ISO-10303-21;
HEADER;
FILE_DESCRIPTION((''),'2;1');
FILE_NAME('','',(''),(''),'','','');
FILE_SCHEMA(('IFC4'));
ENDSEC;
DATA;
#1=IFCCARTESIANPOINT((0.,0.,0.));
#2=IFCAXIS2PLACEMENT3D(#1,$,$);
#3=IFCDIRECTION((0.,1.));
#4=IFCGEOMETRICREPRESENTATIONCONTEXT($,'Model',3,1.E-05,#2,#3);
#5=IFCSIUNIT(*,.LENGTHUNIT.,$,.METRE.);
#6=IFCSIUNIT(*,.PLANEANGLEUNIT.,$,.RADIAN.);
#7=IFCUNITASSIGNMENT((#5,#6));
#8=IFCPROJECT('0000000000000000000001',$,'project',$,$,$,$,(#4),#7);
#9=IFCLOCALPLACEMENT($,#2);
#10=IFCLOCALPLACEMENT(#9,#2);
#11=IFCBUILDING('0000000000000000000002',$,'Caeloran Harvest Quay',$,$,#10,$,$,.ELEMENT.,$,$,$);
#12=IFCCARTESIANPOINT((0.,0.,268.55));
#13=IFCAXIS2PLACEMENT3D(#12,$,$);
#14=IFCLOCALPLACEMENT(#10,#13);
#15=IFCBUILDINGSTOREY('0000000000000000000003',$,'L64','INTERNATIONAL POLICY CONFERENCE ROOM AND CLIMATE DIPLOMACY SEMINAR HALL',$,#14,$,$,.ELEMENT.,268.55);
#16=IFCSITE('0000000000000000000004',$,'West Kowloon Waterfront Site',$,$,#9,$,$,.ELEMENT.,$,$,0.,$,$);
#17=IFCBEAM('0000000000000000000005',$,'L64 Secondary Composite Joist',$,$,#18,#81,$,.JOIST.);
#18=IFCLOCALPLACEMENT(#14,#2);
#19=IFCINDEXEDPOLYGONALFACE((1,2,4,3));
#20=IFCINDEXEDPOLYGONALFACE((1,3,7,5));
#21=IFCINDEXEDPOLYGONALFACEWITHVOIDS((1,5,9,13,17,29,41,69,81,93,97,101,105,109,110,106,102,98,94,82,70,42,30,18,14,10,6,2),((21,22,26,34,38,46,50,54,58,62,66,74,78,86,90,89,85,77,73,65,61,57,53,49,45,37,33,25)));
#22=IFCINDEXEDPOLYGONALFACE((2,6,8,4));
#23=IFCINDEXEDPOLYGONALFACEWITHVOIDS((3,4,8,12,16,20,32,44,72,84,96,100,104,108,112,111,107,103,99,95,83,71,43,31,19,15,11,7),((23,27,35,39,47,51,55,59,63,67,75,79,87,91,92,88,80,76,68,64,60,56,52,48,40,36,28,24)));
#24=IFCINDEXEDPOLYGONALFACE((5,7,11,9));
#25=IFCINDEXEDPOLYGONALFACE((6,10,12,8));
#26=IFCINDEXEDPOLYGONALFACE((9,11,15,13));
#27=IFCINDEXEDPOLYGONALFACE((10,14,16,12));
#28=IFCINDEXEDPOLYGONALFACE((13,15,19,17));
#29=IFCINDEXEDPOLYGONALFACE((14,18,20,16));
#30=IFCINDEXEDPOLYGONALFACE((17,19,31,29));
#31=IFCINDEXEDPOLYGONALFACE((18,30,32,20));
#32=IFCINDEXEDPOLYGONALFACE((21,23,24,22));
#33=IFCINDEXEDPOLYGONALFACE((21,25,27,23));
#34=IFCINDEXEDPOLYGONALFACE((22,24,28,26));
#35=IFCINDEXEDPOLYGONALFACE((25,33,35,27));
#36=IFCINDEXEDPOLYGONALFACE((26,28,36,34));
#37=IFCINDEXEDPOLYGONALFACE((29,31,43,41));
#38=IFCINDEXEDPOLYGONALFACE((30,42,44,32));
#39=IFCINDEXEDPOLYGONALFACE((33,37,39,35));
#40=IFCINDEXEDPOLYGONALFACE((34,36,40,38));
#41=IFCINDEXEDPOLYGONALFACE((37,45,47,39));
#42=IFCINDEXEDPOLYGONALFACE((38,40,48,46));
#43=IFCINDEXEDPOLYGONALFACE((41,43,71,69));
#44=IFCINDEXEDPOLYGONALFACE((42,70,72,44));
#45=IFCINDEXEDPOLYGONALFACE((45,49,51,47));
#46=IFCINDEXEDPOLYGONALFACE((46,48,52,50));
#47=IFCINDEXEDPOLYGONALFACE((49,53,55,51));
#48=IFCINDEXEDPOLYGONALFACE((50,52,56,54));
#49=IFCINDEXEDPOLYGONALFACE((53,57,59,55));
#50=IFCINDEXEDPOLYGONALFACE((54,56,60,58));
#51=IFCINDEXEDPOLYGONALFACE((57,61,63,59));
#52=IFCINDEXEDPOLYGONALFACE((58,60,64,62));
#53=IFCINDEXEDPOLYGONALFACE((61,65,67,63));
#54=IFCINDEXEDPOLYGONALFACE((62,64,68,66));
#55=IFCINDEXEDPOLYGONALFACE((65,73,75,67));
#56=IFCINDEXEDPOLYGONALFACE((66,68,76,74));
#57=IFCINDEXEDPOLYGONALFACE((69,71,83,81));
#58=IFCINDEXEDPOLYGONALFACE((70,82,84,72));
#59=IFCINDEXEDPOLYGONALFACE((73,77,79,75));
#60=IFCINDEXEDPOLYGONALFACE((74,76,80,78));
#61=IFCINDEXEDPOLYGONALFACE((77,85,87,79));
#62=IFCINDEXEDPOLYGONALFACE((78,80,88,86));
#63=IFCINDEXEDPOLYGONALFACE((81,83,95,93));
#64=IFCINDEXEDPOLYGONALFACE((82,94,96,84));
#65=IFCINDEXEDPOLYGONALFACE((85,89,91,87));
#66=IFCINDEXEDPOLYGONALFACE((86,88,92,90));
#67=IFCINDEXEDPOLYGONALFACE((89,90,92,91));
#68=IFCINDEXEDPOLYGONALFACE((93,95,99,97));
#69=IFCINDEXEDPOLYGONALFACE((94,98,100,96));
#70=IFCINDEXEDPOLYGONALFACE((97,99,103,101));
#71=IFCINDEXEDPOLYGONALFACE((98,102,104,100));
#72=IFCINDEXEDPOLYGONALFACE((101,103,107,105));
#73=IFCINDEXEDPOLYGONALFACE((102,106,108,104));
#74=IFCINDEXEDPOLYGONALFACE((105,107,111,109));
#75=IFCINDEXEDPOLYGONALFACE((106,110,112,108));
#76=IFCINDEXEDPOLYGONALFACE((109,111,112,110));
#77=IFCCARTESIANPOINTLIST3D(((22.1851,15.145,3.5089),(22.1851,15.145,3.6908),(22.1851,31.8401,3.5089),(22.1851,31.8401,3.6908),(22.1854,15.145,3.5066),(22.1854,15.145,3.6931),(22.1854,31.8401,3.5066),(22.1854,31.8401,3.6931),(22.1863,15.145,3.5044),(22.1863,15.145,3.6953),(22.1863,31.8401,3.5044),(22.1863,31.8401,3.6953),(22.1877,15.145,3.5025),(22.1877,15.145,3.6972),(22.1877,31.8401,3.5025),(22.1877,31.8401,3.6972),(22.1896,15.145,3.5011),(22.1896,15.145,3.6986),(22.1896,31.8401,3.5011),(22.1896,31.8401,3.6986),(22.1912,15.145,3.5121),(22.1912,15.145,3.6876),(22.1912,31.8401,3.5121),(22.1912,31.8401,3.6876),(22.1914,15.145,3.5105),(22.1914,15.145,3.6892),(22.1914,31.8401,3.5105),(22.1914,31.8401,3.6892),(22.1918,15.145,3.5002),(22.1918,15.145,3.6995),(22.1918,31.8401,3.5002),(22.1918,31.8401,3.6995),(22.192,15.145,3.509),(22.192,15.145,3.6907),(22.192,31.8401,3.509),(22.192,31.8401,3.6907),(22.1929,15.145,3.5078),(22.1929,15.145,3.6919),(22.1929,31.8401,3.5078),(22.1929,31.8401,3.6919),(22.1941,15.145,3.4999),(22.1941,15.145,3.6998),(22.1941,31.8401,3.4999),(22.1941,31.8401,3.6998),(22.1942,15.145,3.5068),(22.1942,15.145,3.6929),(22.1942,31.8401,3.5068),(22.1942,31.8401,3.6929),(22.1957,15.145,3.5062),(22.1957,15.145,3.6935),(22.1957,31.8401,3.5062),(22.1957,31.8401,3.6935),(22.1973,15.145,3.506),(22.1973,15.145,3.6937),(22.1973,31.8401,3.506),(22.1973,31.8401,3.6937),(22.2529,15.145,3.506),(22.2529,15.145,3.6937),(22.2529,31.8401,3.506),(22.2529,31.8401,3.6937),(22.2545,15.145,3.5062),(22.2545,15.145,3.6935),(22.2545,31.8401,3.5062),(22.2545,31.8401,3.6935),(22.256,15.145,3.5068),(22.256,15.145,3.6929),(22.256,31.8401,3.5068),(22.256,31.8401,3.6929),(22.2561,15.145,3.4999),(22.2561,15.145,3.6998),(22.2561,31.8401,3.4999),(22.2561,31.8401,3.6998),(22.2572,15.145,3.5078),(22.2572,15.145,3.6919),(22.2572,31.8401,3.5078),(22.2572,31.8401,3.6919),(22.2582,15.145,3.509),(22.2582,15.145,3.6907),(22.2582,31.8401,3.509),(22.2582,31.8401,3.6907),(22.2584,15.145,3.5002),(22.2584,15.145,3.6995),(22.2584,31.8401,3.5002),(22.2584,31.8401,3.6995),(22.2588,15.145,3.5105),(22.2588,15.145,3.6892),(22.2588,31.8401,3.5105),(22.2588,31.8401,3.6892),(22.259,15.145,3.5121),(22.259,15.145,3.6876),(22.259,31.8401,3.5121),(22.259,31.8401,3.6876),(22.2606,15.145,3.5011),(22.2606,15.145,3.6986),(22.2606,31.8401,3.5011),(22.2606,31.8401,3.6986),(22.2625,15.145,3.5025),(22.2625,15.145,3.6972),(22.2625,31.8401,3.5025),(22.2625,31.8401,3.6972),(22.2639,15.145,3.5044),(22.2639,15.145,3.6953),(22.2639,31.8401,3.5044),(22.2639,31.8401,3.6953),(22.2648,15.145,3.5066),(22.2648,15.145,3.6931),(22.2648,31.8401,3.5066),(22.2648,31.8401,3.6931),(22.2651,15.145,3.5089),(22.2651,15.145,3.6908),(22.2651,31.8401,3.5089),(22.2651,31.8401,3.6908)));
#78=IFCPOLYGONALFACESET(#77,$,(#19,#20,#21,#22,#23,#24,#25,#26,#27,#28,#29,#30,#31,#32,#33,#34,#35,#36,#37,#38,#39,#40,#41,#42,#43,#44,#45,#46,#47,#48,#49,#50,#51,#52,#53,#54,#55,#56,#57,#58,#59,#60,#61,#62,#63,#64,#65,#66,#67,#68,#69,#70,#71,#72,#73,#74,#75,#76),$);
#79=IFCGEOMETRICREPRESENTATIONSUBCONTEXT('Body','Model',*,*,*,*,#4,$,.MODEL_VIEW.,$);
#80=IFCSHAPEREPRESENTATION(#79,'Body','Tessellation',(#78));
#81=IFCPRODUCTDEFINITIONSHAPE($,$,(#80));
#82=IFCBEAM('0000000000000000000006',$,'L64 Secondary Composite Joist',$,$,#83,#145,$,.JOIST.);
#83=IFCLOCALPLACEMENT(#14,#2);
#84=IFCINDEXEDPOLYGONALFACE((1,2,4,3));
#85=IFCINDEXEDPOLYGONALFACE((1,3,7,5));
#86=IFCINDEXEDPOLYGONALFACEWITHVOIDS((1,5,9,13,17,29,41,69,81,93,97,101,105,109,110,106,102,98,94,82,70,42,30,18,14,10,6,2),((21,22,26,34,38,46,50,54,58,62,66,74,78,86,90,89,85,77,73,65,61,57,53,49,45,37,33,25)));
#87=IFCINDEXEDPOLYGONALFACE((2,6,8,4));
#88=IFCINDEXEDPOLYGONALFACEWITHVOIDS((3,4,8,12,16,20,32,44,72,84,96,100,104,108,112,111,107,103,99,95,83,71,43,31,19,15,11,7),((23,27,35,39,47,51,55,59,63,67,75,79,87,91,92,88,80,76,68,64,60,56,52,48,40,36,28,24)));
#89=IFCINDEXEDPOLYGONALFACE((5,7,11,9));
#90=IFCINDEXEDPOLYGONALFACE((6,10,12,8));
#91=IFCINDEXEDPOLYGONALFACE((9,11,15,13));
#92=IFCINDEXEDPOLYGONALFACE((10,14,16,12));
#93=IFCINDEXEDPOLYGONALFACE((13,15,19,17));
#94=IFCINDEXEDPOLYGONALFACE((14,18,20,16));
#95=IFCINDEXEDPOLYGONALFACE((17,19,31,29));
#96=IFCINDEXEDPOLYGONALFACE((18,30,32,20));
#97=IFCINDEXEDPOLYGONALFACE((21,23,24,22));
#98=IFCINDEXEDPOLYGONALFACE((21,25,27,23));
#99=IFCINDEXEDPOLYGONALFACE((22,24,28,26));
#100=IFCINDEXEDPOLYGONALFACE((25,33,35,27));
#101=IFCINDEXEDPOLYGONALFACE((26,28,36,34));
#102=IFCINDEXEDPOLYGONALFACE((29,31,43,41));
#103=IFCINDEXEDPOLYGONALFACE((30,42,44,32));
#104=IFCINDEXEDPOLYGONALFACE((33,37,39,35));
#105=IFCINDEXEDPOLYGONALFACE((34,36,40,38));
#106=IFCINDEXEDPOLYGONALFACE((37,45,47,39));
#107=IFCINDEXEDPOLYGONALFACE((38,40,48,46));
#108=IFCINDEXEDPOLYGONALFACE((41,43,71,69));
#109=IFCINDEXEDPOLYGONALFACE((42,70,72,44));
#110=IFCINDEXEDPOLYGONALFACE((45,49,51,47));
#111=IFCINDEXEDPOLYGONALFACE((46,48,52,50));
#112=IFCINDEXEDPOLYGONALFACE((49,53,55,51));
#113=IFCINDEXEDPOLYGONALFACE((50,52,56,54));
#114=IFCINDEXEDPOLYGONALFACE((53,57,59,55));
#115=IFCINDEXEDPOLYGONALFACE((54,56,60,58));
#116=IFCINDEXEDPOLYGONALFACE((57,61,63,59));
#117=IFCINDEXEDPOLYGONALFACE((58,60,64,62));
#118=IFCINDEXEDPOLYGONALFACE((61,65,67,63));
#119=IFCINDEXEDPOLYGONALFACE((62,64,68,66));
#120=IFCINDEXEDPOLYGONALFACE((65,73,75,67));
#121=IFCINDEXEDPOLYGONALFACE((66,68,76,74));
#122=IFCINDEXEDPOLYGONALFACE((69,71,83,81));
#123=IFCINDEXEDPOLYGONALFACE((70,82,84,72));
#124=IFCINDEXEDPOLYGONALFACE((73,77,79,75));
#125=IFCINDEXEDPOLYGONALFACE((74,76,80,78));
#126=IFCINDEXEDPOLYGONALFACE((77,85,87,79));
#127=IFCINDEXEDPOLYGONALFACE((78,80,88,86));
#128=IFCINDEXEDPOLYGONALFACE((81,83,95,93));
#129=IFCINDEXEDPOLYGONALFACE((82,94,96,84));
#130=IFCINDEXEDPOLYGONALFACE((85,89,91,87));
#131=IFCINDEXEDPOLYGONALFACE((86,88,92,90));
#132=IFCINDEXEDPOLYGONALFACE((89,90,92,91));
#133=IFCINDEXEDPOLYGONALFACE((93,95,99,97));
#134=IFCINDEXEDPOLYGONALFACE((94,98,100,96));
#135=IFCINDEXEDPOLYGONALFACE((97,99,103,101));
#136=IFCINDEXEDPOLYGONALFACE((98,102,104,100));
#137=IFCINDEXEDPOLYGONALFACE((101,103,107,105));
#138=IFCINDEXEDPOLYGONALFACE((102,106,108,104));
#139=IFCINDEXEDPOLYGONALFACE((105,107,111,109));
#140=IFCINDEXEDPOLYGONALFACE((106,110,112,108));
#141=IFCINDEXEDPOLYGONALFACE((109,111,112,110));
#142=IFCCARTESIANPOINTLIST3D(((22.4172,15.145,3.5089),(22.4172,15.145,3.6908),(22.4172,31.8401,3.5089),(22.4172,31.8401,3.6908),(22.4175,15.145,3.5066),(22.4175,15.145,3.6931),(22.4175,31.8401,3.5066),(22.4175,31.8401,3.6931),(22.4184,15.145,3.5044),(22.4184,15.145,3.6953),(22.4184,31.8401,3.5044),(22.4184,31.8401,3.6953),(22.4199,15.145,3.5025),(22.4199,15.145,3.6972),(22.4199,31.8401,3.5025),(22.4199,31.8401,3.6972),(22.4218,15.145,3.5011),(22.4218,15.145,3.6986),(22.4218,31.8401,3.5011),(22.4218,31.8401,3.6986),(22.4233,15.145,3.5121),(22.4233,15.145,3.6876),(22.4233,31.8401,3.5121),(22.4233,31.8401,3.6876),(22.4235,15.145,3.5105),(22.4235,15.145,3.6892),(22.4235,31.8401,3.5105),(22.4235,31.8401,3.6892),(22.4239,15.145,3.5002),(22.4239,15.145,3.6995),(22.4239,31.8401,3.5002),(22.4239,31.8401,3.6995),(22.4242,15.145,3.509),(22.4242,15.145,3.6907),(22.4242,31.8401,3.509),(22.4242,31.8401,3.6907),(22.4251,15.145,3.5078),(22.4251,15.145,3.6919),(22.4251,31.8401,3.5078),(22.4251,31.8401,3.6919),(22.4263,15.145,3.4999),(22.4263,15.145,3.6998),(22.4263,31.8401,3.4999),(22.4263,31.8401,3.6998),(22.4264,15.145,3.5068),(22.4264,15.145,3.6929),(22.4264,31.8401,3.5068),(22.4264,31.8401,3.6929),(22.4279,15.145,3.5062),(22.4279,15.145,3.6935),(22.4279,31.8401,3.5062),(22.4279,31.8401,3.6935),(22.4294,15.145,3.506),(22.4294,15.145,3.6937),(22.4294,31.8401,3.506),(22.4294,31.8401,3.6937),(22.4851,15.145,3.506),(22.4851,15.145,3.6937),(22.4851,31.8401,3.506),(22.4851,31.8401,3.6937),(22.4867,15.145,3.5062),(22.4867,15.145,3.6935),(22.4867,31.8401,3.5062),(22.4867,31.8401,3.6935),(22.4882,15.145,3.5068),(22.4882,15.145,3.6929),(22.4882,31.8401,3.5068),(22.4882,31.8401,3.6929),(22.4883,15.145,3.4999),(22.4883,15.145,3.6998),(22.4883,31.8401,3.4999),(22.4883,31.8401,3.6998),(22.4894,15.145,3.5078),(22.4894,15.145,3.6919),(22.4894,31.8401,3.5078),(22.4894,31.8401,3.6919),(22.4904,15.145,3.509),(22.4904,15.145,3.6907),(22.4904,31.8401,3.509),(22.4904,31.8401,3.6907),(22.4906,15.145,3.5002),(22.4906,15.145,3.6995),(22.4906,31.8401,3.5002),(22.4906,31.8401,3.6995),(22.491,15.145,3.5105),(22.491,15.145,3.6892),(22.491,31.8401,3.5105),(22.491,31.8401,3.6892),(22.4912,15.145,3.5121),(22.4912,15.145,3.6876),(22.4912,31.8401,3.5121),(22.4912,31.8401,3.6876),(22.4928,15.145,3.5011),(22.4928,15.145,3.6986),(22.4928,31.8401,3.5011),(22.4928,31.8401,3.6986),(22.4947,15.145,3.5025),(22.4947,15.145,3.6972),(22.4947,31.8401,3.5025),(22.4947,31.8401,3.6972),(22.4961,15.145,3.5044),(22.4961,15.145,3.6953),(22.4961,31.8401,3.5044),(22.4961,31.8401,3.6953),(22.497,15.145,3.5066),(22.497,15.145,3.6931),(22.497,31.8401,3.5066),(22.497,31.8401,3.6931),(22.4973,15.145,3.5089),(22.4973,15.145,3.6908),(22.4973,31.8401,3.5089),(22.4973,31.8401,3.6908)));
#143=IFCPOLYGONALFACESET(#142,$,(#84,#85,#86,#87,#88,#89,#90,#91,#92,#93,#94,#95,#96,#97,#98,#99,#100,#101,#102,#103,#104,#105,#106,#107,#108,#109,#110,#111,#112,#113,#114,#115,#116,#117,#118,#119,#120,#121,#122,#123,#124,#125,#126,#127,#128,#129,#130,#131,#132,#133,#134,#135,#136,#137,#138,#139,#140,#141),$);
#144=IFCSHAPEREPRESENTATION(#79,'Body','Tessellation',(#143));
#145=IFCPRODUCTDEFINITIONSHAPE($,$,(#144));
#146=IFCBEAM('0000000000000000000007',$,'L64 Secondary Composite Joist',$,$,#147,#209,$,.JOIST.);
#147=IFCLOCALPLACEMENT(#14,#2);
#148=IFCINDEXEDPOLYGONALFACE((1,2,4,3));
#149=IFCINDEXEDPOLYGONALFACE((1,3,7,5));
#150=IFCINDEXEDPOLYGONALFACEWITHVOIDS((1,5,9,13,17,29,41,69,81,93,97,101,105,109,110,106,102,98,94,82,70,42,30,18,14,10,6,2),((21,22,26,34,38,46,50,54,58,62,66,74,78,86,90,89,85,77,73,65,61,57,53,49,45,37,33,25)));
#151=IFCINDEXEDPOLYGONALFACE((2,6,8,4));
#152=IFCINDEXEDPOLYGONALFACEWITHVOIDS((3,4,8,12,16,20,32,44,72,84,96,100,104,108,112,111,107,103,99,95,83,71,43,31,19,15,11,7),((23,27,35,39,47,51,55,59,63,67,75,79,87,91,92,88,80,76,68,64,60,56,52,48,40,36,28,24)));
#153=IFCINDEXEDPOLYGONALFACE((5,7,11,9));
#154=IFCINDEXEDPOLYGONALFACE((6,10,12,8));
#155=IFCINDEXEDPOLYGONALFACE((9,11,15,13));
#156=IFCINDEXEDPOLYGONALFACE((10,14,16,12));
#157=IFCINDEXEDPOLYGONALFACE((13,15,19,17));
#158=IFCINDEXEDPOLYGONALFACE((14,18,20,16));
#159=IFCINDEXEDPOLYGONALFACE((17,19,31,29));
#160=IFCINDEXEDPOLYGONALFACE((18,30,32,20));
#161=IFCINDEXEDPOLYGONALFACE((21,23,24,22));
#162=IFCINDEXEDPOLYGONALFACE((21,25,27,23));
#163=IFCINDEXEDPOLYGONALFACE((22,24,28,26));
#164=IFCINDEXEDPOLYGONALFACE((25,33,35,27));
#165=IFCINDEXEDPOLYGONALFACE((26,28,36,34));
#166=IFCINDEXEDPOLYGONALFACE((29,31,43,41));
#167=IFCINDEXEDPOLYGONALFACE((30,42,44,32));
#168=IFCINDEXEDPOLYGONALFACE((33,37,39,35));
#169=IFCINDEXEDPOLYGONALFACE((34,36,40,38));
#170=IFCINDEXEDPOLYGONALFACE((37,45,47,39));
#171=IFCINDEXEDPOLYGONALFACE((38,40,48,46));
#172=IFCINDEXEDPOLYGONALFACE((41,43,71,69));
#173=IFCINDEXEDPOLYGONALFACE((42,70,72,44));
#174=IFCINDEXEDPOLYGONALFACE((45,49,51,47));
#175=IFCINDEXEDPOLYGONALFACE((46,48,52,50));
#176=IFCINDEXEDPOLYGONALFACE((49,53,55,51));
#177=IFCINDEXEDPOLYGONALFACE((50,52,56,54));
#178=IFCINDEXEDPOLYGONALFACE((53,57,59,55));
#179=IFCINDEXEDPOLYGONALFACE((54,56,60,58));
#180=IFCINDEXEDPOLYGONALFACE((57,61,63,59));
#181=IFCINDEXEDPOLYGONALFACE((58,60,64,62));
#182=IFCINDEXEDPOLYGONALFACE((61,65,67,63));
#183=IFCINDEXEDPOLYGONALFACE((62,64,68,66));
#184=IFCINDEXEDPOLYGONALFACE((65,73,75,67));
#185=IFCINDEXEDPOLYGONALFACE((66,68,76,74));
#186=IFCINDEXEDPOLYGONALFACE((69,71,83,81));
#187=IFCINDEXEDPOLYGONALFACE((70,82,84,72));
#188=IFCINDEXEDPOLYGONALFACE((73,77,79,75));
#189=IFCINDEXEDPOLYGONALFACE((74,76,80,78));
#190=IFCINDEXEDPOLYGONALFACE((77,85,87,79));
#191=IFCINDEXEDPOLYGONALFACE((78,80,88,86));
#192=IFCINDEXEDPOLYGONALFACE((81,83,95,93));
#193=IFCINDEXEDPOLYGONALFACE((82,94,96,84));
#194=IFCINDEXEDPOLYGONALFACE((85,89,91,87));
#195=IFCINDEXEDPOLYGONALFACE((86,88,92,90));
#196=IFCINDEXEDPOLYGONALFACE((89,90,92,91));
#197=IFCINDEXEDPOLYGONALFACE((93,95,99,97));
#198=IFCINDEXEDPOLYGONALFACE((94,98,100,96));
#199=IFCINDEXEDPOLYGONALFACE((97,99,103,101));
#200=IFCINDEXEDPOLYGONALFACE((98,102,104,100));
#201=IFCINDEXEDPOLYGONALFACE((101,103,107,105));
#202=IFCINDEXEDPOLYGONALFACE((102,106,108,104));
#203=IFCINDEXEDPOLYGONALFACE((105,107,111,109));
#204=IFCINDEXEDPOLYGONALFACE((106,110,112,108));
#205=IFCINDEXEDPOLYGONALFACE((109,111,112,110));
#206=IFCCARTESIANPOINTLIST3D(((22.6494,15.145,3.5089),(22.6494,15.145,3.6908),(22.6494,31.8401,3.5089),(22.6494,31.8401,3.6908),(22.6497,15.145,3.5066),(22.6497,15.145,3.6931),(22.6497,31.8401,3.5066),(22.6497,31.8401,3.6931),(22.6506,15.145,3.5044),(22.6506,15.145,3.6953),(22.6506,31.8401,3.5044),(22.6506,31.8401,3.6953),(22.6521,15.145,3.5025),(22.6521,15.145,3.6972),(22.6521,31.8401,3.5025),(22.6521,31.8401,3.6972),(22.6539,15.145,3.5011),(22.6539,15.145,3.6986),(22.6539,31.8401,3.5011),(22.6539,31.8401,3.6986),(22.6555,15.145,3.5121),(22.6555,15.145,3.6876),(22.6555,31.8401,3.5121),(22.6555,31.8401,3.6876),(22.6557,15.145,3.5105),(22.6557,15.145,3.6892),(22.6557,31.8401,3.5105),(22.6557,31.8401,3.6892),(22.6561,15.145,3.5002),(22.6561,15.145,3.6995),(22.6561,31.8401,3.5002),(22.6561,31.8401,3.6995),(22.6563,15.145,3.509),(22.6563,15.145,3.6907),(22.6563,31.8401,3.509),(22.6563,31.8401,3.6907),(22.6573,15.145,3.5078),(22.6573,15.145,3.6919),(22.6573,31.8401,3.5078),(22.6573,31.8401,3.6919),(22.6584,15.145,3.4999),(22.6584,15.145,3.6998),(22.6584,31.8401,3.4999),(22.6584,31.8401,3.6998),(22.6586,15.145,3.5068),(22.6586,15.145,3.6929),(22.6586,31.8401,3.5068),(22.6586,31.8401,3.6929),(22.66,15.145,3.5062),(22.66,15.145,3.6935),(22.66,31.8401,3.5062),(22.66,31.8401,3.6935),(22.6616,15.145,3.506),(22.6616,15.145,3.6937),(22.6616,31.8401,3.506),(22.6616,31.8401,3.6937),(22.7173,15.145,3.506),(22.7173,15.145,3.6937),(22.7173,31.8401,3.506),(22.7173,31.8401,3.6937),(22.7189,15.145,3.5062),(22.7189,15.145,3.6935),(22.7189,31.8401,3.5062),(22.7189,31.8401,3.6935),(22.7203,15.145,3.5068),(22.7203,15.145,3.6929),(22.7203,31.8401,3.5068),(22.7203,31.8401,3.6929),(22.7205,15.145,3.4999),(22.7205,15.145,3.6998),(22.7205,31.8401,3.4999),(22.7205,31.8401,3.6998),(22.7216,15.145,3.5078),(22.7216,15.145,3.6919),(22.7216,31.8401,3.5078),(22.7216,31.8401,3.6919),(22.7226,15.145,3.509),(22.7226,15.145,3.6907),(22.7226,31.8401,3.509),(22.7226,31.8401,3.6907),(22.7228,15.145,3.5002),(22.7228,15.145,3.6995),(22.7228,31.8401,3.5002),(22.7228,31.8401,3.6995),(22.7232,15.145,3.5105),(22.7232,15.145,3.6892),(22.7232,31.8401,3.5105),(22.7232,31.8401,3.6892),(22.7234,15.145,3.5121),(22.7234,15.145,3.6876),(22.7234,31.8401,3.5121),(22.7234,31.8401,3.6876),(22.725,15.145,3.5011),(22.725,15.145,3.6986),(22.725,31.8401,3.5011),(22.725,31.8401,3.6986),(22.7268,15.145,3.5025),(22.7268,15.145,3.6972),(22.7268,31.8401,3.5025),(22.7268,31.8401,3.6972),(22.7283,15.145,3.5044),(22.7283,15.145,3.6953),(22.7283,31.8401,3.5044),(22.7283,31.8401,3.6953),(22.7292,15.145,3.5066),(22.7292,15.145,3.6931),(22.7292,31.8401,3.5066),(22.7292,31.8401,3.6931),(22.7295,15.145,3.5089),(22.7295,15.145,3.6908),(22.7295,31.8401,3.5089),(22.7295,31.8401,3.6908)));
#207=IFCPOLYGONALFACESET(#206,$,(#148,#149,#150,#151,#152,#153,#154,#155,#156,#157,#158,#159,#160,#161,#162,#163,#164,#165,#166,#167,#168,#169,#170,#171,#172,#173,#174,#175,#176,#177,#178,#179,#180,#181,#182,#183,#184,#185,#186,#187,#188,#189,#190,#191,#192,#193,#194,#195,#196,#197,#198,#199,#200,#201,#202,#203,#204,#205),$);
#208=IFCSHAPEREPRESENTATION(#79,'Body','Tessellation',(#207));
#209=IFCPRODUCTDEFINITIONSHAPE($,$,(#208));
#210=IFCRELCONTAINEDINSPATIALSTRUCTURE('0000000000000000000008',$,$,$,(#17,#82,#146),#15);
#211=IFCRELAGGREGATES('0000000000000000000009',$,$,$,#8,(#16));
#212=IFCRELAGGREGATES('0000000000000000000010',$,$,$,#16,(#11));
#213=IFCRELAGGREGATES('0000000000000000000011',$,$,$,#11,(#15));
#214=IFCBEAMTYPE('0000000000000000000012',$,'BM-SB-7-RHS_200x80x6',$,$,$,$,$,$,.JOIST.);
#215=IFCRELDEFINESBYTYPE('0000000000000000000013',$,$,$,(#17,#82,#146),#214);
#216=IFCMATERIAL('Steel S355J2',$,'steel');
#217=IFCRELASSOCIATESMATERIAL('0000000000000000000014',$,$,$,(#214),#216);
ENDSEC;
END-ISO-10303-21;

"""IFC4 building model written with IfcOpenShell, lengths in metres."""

from ifc_helpers import new_model, si_unit, direction, frame, origin, origin_2d, place, context, subcontext, project, spatial, hollow_rectangle, extrude, material, material_profile, profile_set, type_object, element, save


model = new_model("IFC4")

# Units and contexts
model_context = context("Model", 3, precision=1e-05, world=origin(), true_north=direction((0.0, 1.0)))
body_context = subcontext(model_context, "Body", "Model", "MODEL_VIEW")
ifc_project = project(units=[si_unit("LENGTHUNIT", "METRE"), si_unit("PLANEANGLEUNIT", "RADIAN")], contexts=[model_context])

# Site, building, storey
site_placement = place(None, origin())
site = spatial("IfcSite", under=ifc_project, at=site_placement, Name="West Kowloon Waterfront Site", CompositionType="ELEMENT", RefElevation=0.0)
building_placement = place(site_placement, origin())
building = spatial("IfcBuilding", under=site, at=building_placement, Name="Caeloran Harvest Quay", CompositionType="ELEMENT")
storey_placement = place(building_placement, frame((0.0, 0.0, 268.55)))
storey = spatial("IfcBuildingStorey", under=building, at=storey_placement, Name="L64", Description="INTERNATIONAL POLICY CONFERENCE ROOM AND CLIMATE DIPLOMACY SEMINAR HALL", CompositionType="ELEMENT", Elevation=268.55)

# Beams
ifc_material_1 = material(Name="Steel S355J2", Category="steel")
ifc_material_profile_1 = material_profile(ifc_material_1, hollow_rectangle(XDim=0.0801, YDim=0.2, WallThickness=0.0061, InnerFilletRadius=0.0061, OuterFilletRadius=0.009, at=origin_2d()), Name="RHS 200x80x6")
ifc_profile_set_1 = profile_set([ifc_material_profile_1], Name="Steel S355J2")
beam_type_1 = type_object("IfcBeamType", Name="BM-SB-7-RHS_200x80x6", PredefinedType="JOIST", material=ifc_profile_set_1)
for number, where, z_axis, x_axis, name in (
    (1, (22.2251, 15.145, 3.5999), (0.0, 1.0, 0.0), (-1.0, 0.0, 0.0), "L64 Secondary Composite Joist"),
    (2, (22.4573, 15.145, 3.5999), (0.0, 1.0, 0.0), (-1.0, 0.0, 0.0), "L64 Secondary Composite Joist"),
    (3, (22.6895, 15.145, 3.5999), (0.0, 1.0, 0.0), (-1.0, 0.0, 0.0), "L64 Secondary Composite Joist"),
):
    element("IfcBeam", number, at=place(storey_placement, frame(where, z_axis=z_axis, x_axis=x_axis)), inside=storey, type_object=beam_type_1, Name=name, PredefinedType="JOIST", context=body_context, shape_type="SweptSolid", body=[
        extrude(hollow_rectangle(XDim=0.0801, YDim=0.2, WallThickness=0.0061, InnerFilletRadius=0.0061, OuterFilletRadius=0.009, at=origin_2d()), origin(), (0.0, 0.0, 1.0), 16.6951),
    ])

save(model, "model.ifc")
